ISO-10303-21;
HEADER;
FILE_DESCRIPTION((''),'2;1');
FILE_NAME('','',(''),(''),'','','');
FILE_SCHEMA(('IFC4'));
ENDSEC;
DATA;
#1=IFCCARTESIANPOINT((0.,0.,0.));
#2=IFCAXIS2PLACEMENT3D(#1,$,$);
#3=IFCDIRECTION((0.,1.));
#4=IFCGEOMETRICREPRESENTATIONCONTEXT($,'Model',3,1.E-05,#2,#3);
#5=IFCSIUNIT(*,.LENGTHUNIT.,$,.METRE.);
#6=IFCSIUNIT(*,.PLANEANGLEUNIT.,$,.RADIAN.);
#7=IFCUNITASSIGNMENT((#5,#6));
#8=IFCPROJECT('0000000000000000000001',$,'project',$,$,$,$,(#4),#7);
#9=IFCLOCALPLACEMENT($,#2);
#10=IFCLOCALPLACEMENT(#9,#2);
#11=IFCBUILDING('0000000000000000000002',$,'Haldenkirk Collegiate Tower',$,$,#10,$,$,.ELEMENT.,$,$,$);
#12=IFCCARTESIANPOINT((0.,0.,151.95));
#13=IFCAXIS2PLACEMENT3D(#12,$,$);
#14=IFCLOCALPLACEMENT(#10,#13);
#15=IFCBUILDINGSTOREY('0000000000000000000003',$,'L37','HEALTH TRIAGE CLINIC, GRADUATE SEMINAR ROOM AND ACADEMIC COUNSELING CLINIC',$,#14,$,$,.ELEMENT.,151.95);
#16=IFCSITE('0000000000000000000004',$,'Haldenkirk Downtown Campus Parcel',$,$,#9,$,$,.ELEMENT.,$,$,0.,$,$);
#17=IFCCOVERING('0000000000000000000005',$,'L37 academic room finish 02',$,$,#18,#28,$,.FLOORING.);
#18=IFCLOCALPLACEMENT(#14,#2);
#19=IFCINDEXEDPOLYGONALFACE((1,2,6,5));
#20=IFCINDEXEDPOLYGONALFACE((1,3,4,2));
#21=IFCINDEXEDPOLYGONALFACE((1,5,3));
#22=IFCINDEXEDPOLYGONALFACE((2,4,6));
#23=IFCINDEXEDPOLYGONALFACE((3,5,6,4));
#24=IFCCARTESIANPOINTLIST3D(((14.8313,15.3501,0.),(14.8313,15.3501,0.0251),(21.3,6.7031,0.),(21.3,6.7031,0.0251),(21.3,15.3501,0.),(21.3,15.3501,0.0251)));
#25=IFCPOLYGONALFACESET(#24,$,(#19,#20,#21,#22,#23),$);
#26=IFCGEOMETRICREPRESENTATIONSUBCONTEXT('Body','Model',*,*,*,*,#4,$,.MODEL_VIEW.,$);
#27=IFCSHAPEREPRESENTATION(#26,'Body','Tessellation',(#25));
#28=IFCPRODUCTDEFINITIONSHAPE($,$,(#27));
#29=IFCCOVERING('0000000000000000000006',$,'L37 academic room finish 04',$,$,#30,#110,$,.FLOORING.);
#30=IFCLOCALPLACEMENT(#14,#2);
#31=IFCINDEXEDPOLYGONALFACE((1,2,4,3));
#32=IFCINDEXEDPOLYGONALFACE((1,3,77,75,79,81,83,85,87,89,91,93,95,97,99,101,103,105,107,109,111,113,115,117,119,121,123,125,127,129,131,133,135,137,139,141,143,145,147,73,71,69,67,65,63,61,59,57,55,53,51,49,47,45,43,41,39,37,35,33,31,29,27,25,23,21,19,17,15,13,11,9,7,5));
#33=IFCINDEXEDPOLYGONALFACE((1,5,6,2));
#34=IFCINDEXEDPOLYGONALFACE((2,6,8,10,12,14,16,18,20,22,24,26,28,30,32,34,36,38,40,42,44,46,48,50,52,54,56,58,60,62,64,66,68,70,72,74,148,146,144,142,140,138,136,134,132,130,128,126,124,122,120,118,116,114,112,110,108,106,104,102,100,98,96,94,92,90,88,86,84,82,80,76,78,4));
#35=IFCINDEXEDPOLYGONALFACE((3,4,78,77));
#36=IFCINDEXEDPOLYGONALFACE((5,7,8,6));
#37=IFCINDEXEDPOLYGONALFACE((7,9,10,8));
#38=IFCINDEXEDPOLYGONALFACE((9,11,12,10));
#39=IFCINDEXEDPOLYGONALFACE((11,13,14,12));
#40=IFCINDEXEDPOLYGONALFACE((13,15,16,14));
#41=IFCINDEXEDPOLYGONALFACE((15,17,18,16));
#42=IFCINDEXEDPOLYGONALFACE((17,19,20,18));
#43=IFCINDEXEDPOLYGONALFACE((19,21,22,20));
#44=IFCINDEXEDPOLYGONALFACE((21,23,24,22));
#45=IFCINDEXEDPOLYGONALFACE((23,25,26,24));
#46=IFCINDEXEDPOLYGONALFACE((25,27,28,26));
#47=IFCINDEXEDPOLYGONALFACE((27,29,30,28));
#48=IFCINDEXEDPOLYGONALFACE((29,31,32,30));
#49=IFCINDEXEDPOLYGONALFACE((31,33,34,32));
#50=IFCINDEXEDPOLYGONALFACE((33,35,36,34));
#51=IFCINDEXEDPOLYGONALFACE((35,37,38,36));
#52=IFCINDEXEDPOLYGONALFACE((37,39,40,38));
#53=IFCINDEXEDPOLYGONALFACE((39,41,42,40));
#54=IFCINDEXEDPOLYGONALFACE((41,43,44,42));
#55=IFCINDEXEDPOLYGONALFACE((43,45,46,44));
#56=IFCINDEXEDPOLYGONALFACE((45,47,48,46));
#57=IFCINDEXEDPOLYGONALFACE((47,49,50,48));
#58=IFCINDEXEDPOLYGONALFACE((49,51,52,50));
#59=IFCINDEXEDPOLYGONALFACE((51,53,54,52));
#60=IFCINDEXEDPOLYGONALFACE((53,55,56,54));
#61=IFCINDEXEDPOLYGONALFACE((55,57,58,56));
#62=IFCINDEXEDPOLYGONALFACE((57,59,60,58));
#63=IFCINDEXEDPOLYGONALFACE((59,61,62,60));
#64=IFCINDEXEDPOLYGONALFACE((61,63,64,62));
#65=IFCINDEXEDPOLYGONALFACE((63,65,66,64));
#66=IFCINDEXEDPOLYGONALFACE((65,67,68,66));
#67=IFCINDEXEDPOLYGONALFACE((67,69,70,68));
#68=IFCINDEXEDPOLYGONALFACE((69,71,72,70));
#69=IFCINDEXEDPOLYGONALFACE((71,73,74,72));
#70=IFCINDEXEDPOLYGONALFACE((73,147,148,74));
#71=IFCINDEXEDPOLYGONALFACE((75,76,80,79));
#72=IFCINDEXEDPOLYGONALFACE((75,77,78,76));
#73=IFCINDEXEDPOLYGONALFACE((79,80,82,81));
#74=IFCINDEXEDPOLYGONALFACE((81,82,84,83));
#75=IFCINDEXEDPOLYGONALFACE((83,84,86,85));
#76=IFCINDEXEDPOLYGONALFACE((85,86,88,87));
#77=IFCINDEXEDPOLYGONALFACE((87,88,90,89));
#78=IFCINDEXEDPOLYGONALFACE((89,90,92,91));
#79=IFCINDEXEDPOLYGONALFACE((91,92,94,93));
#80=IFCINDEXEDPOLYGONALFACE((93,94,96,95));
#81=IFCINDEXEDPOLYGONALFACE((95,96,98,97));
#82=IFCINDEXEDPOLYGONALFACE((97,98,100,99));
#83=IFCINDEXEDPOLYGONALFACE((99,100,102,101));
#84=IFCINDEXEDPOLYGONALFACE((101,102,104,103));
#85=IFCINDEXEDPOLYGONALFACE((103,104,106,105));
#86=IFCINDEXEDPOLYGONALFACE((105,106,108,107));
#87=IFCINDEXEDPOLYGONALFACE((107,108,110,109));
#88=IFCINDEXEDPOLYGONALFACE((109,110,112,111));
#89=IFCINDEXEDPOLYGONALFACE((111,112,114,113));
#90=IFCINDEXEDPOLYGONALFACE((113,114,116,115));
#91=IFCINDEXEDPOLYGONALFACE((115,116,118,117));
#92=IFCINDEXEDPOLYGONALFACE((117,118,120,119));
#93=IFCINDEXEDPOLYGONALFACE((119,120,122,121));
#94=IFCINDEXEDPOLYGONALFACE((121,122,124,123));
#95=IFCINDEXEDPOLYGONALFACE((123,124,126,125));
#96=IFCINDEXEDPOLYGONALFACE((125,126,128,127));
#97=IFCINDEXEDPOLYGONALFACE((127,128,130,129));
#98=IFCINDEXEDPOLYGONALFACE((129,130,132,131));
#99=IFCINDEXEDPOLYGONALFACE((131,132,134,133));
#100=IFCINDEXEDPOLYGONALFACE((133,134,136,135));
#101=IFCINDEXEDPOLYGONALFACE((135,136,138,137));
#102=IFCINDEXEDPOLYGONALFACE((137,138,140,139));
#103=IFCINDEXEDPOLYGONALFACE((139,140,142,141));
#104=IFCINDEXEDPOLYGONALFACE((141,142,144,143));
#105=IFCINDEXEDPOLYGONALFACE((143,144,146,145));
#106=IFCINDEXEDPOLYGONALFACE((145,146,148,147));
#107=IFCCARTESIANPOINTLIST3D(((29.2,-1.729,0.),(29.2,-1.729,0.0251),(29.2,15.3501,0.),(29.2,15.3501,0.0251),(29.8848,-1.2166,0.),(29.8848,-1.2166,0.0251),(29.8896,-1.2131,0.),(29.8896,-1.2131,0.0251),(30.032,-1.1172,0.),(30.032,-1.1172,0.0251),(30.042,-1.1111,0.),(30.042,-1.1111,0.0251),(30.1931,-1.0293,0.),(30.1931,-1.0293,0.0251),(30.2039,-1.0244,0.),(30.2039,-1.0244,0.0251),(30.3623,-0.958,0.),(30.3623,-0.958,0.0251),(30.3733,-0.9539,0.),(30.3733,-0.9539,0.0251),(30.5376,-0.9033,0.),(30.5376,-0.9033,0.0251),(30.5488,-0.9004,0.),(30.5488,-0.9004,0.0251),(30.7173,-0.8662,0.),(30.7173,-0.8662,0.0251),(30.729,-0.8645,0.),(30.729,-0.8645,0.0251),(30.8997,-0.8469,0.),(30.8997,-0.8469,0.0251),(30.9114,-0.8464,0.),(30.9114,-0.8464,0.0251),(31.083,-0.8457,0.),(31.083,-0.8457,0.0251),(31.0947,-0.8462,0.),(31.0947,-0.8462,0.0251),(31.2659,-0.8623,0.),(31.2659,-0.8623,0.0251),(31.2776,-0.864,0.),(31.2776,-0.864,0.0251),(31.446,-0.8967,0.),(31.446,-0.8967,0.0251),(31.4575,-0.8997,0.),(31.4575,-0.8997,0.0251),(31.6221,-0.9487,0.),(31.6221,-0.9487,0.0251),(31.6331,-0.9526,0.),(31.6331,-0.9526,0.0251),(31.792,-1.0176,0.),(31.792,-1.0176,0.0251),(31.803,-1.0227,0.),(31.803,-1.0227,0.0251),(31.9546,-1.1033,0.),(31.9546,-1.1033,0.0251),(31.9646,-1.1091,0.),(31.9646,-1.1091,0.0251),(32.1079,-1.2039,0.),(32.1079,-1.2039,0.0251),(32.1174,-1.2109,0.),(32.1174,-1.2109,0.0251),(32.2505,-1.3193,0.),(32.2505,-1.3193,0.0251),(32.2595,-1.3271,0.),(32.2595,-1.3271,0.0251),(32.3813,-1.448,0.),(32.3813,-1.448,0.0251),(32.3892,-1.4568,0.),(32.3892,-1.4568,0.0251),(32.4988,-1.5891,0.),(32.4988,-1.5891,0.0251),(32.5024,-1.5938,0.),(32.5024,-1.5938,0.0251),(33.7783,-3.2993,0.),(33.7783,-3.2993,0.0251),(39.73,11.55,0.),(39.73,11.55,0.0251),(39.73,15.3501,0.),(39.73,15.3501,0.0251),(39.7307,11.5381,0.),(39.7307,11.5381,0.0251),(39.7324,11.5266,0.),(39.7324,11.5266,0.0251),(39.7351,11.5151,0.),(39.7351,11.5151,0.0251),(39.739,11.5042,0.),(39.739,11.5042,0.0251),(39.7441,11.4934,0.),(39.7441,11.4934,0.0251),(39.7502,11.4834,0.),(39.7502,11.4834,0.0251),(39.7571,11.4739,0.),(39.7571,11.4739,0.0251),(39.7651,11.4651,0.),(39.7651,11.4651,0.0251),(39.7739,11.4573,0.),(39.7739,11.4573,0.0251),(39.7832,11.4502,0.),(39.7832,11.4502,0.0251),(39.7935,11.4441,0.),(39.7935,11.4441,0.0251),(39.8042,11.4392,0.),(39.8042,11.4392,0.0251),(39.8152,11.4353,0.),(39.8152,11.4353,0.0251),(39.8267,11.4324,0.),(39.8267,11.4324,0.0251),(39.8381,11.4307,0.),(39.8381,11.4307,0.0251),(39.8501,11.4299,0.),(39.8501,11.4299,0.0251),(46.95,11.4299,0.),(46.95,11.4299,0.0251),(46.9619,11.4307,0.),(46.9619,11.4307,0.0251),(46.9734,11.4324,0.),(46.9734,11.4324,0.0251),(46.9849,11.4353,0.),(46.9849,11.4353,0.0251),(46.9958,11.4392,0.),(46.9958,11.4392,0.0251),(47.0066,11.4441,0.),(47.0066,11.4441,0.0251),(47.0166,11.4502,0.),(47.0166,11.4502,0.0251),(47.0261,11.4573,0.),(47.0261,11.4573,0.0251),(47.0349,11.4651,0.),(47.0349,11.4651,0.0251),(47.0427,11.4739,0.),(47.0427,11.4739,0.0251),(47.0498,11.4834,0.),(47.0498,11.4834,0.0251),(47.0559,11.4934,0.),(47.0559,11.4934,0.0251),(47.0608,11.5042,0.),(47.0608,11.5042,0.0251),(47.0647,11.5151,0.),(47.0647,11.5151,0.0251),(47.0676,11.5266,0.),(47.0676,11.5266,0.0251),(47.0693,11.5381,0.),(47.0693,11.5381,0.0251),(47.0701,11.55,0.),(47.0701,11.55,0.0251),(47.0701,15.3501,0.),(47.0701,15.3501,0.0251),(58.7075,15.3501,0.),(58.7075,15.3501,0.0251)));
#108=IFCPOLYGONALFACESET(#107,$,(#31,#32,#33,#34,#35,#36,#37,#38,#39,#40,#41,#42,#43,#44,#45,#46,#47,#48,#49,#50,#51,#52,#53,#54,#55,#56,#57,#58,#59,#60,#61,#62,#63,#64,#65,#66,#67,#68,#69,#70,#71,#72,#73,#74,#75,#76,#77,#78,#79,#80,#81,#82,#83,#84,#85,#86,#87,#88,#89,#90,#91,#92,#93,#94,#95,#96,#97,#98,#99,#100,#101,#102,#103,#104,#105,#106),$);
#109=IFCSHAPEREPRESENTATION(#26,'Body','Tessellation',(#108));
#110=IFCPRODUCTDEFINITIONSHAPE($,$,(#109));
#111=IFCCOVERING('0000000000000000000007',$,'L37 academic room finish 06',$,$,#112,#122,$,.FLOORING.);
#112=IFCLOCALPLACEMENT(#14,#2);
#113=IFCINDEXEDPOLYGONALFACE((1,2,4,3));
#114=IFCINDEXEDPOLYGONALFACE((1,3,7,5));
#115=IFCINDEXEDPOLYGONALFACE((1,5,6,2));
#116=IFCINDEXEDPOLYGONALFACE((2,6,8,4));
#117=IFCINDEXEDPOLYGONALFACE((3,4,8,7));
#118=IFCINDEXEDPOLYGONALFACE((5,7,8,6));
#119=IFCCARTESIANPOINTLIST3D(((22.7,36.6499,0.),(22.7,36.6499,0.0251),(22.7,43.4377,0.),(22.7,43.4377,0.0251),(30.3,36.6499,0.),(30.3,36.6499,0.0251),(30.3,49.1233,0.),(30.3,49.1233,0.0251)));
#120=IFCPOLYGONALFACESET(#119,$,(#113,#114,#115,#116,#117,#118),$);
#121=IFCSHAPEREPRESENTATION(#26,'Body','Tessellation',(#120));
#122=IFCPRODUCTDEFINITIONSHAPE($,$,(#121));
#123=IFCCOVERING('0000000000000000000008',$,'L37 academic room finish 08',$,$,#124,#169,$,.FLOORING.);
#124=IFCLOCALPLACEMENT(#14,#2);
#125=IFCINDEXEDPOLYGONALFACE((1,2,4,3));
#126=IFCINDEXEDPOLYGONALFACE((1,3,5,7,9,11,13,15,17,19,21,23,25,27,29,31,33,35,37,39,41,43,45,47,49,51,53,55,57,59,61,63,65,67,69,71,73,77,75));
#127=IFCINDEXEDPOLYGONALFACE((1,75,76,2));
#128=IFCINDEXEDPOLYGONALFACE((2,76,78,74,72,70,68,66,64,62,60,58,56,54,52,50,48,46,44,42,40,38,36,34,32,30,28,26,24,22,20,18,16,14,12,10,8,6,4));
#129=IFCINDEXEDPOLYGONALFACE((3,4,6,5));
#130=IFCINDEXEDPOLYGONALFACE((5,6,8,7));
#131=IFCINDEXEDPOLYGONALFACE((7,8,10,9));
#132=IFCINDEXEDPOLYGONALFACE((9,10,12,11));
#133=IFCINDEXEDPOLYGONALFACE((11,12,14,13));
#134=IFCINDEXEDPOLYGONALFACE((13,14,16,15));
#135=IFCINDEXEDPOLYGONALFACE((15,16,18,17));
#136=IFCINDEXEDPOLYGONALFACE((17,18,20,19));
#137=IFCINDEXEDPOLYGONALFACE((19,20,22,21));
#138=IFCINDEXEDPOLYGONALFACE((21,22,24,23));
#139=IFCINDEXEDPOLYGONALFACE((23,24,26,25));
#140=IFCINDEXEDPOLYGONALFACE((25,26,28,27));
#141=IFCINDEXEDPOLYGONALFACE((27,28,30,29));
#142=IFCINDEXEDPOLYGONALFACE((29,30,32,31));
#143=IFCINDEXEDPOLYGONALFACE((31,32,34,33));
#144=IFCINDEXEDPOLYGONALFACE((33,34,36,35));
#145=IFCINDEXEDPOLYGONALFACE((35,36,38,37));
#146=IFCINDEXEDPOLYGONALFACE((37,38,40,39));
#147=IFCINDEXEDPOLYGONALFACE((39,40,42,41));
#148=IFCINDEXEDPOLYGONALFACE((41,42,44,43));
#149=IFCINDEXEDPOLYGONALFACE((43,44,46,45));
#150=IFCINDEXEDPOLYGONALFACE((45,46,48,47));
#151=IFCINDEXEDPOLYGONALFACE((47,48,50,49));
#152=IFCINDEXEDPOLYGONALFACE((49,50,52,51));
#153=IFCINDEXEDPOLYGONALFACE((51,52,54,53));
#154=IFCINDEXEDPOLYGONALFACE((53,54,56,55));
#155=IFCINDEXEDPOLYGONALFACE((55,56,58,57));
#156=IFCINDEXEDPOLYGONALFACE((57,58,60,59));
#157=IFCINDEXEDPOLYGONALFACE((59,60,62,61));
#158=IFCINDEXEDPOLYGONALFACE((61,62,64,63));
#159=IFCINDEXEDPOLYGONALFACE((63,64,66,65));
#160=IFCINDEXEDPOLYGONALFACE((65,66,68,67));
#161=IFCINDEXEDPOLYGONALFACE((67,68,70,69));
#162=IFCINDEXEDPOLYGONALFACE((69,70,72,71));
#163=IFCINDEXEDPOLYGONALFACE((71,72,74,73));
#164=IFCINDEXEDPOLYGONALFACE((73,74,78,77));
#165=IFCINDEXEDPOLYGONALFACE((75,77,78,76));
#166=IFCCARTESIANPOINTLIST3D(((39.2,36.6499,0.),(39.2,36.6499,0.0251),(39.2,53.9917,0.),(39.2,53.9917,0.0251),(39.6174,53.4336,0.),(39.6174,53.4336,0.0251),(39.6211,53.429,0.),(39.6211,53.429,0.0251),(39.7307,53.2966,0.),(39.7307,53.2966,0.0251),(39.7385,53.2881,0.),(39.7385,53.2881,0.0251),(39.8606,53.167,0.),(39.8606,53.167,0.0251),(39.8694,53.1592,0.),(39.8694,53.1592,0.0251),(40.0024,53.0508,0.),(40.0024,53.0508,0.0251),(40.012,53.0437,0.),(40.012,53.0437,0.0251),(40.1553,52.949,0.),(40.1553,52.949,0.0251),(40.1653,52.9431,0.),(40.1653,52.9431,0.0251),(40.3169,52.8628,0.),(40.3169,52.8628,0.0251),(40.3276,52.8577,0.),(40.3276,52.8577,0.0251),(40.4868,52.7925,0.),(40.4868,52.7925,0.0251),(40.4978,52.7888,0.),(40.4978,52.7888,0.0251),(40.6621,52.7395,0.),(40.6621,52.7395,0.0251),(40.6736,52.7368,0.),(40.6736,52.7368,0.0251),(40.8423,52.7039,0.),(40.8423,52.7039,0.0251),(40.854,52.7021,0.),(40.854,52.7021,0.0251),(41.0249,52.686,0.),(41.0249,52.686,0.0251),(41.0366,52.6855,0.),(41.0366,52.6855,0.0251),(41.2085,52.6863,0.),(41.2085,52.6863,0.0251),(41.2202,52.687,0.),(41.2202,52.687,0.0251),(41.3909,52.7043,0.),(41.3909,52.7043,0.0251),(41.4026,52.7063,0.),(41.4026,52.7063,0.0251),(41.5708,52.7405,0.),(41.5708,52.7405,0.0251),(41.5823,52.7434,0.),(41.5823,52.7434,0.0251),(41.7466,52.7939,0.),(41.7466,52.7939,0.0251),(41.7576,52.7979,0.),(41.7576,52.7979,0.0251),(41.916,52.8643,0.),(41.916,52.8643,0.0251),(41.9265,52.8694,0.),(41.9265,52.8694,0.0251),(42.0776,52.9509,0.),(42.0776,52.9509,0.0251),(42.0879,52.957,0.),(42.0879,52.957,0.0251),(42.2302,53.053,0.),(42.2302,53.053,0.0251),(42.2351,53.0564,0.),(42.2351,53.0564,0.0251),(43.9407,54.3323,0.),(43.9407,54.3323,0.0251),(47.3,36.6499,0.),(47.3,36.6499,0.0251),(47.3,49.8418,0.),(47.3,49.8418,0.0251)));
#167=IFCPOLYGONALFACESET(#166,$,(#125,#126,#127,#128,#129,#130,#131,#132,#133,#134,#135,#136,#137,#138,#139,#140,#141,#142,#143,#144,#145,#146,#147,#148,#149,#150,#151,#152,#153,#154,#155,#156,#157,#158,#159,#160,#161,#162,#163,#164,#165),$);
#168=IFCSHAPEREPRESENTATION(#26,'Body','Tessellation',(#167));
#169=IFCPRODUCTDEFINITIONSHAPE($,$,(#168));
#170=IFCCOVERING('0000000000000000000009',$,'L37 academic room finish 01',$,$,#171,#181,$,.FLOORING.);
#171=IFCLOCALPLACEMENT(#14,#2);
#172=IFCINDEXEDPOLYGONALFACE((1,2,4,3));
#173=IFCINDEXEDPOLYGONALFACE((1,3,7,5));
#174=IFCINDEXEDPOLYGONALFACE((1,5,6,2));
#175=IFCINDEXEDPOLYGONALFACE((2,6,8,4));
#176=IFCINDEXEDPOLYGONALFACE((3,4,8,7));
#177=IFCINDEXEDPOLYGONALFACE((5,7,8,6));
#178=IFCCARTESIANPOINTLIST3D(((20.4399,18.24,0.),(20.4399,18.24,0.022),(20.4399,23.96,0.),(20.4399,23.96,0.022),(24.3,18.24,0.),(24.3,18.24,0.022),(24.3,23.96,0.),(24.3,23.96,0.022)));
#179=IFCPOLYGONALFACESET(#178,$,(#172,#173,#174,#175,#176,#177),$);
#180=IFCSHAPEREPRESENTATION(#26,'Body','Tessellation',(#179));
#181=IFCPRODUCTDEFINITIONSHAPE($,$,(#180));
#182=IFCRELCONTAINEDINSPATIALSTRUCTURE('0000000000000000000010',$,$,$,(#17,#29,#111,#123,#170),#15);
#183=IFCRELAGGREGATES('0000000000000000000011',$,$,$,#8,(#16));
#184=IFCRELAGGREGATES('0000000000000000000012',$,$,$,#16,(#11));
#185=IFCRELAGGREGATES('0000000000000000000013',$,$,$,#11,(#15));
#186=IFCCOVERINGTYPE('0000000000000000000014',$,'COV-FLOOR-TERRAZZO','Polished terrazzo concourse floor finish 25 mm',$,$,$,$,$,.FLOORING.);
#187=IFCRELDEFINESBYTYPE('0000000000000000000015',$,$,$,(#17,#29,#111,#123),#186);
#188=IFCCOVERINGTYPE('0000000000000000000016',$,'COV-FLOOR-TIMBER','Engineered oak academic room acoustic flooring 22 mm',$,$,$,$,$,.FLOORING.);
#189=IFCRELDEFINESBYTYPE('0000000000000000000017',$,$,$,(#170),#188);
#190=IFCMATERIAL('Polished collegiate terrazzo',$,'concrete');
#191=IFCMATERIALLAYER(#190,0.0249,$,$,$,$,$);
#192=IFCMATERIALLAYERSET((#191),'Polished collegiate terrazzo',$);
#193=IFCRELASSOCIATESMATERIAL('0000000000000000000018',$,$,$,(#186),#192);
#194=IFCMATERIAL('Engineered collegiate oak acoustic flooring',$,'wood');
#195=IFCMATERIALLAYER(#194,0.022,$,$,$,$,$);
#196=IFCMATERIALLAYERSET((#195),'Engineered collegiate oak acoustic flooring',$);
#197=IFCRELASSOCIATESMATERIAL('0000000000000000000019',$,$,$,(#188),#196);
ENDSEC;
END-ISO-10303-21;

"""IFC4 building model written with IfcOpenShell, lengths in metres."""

from ifc_helpers import new_model, si_unit, direction, frame, origin, place, context, subcontext, project, spatial, polyline, outline, extrude, material, layer, layer_set, type_object, element, save


model = new_model("IFC4")

# Units and contexts
model_context = context("Model", 3, precision=1e-05, world=origin(), true_north=direction((0.0, 1.0)))
body_context = subcontext(model_context, "Body", "Model", "MODEL_VIEW")
ifc_project = project(units=[si_unit("LENGTHUNIT", "METRE"), si_unit("PLANEANGLEUNIT", "RADIAN")], contexts=[model_context])

# Site, building, storey
site_placement = place(None, origin())
site = spatial("IfcSite", under=ifc_project, at=site_placement, Name="Haldenkirk Downtown Campus Parcel", CompositionType="ELEMENT", RefElevation=0.0)
building_placement = place(site_placement, origin())
building = spatial("IfcBuilding", under=site, at=building_placement, Name="Haldenkirk Collegiate Tower", CompositionType="ELEMENT")
storey_placement = place(building_placement, frame((0.0, 0.0, 151.95)))
storey = spatial("IfcBuildingStorey", under=building, at=storey_placement, Name="L37", Description="HEALTH TRIAGE CLINIC, GRADUATE SEMINAR ROOM AND ACADEMIC COUNSELING CLINIC", CompositionType="ELEMENT", Elevation=151.95)

# Coverings
ifc_material_1 = material(Name="Polished collegiate terrazzo", Category="concrete")
ifc_layer_1 = layer(ifc_material_1, 0.0249)
ifc_layer_set_1 = layer_set([ifc_layer_1], Name="Polished collegiate terrazzo")
covering_type_1 = type_object("IfcCoveringType", Name="COV-FLOOR-TERRAZZO", Description="Polished terrazzo concourse floor finish 25 mm", PredefinedType="FLOORING", material=ifc_layer_set_1)
covering_1_placement = place(storey_placement, origin())
element("IfcCovering", 1, at=covering_1_placement, inside=storey, type_object=covering_type_1, Name="L37 academic room finish 02", PredefinedType="FLOORING", context=body_context, shape_type="SweptSolid", body=[
    extrude(outline(polyline([(14.8313, 15.3501), (21.3, 15.3501), (21.3, 6.7031), (14.8313, 15.3501)])), origin(), (0.0, 0.0, 1.0), 0.0251),
])
covering_2_placement = place(storey_placement, origin())
element("IfcCovering", 2, at=covering_2_placement, inside=storey, type_object=covering_type_1, Name="L37 academic room finish 04", PredefinedType="FLOORING", context=body_context, shape_type="SweptSolid", body=[
    extrude(outline(polyline([(31.803, -1.0227), (31.792, -1.0176), (31.6331, -0.9526), (31.6221, -0.9487), (31.4575, -0.8997), (31.446, -0.8967), (31.2776, -0.864), (31.2659, -0.8623), (31.0947, -0.8462), (31.083, -0.8457), (30.9114, -0.8464), (30.8997, -0.8469), (30.729, -0.8645), (30.7173, -0.8662), (30.5488, -0.9004), (30.5376, -0.9033), (30.3733, -0.9539), (30.3623, -0.958), (30.2039, -1.0244), (30.1931, -1.0293), (30.042, -1.1111), (30.032, -1.1172), (29.8896, -1.2131), (29.8848, -1.2166), (29.2, -1.729), (29.2, 15.3501), (39.73, 15.3501), (39.73, 11.55), (39.7307, 11.5381), (39.7324, 11.5266), (39.7351, 11.5151), (39.739, 11.5042), (39.7441, 11.4934), (39.7502, 11.4834), (39.7571, 11.4739), (39.7651, 11.4651), (39.7739, 11.4573), (39.7832, 11.4502), (39.7935, 11.4441), (39.8042, 11.4392), (39.8152, 11.4353), (39.8267, 11.4324), (39.8381, 11.4307), (39.8501, 11.4299), (46.95, 11.4299), (46.9619, 11.4307), (46.9734, 11.4324), (46.9849, 11.4353), (46.9958, 11.4392), (47.0066, 11.4441), (47.0166, 11.4502), (47.0261, 11.4573), (47.0349, 11.4651), (47.0427, 11.4739), (47.0498, 11.4834), (47.0559, 11.4934), (47.0608, 11.5042), (47.0647, 11.5151), (47.0676, 11.5266), (47.0693, 11.5381), (47.0701, 11.55), (47.0701, 15.3501), (58.7075, 15.3501), (33.7783, -3.2993), (32.5024, -1.5938), (32.4988, -1.5891), (32.3892, -1.4568), (32.3813, -1.448), (32.2595, -1.3271), (32.2505, -1.3193), (32.1174, -1.2109), (32.1079, -1.2039), (31.9646, -1.1091), (31.9546, -1.1033), (31.803, -1.0227)])), origin(), (0.0, 0.0, 1.0), 0.0251),
])
covering_3_placement = place(storey_placement, origin())
element("IfcCovering", 3, at=covering_3_placement, inside=storey, type_object=covering_type_1, Name="L37 academic room finish 06", PredefinedType="FLOORING", context=body_context, shape_type="SweptSolid", body=[
    extrude(outline(polyline([(30.3, 49.1233), (30.3, 36.6499), (22.7, 36.6499), (22.7, 43.4377), (30.3, 49.1233)])), origin(), (0.0, 0.0, 1.0), 0.0251),
])
covering_4_placement = place(storey_placement, origin())
element("IfcCovering", 4, at=covering_4_placement, inside=storey, type_object=covering_type_1, Name="L37 academic room finish 08", PredefinedType="FLOORING", context=body_context, shape_type="SweptSolid", body=[
    extrude(outline(polyline([(39.6174, 53.4336), (39.6211, 53.429), (39.7307, 53.2966), (39.7385, 53.2881), (39.8606, 53.167), (39.8694, 53.1592), (40.0024, 53.0508), (40.012, 53.0437), (40.1553, 52.949), (40.1653, 52.9431), (40.3169, 52.8628), (40.3276, 52.8577), (40.4868, 52.7925), (40.4978, 52.7888), (40.6621, 52.7395), (40.6736, 52.7368), (40.8423, 52.7039), (40.854, 52.7021), (41.0249, 52.686), (41.0366, 52.6855), (41.2085, 52.6863), (41.2202, 52.687), (41.3909, 52.7043), (41.4026, 52.7063), (41.5708, 52.7405), (41.5823, 52.7434), (41.7466, 52.7939), (41.7576, 52.7979), (41.916, 52.8643), (41.9265, 52.8694), (42.0776, 52.9509), (42.0879, 52.957), (42.2302, 53.053), (42.2351, 53.0564), (43.9407, 54.3323), (47.3, 49.8418), (47.3, 36.6499), (39.2, 36.6499), (39.2, 53.9917), (39.6174, 53.4336)])), origin(), (0.0, 0.0, 1.0), 0.0251),
])
ifc_material_2 = material(Name="Engineered collegiate oak acoustic flooring", Category="wood")
ifc_layer_2 = layer(ifc_material_2, 0.022)
ifc_layer_set_2 = layer_set([ifc_layer_2], Name="Engineered collegiate oak acoustic flooring")
covering_type_2 = type_object("IfcCoveringType", Name="COV-FLOOR-TIMBER", Description="Engineered oak academic room acoustic flooring 22 mm", PredefinedType="FLOORING", material=ifc_layer_set_2)
covering_5_placement = place(storey_placement, origin())
element("IfcCovering", 5, at=covering_5_placement, inside=storey, type_object=covering_type_2, Name="L37 academic room finish 01", PredefinedType="FLOORING", context=body_context, shape_type="SweptSolid", body=[
    extrude(outline(polyline([(20.4399, 18.24), (20.4399, 23.96), (24.3, 23.96), (24.3, 18.24), (20.4399, 18.24)])), origin(), (0.0, 0.0, 1.0), 0.022),
])

save(model, "model.ifc")
